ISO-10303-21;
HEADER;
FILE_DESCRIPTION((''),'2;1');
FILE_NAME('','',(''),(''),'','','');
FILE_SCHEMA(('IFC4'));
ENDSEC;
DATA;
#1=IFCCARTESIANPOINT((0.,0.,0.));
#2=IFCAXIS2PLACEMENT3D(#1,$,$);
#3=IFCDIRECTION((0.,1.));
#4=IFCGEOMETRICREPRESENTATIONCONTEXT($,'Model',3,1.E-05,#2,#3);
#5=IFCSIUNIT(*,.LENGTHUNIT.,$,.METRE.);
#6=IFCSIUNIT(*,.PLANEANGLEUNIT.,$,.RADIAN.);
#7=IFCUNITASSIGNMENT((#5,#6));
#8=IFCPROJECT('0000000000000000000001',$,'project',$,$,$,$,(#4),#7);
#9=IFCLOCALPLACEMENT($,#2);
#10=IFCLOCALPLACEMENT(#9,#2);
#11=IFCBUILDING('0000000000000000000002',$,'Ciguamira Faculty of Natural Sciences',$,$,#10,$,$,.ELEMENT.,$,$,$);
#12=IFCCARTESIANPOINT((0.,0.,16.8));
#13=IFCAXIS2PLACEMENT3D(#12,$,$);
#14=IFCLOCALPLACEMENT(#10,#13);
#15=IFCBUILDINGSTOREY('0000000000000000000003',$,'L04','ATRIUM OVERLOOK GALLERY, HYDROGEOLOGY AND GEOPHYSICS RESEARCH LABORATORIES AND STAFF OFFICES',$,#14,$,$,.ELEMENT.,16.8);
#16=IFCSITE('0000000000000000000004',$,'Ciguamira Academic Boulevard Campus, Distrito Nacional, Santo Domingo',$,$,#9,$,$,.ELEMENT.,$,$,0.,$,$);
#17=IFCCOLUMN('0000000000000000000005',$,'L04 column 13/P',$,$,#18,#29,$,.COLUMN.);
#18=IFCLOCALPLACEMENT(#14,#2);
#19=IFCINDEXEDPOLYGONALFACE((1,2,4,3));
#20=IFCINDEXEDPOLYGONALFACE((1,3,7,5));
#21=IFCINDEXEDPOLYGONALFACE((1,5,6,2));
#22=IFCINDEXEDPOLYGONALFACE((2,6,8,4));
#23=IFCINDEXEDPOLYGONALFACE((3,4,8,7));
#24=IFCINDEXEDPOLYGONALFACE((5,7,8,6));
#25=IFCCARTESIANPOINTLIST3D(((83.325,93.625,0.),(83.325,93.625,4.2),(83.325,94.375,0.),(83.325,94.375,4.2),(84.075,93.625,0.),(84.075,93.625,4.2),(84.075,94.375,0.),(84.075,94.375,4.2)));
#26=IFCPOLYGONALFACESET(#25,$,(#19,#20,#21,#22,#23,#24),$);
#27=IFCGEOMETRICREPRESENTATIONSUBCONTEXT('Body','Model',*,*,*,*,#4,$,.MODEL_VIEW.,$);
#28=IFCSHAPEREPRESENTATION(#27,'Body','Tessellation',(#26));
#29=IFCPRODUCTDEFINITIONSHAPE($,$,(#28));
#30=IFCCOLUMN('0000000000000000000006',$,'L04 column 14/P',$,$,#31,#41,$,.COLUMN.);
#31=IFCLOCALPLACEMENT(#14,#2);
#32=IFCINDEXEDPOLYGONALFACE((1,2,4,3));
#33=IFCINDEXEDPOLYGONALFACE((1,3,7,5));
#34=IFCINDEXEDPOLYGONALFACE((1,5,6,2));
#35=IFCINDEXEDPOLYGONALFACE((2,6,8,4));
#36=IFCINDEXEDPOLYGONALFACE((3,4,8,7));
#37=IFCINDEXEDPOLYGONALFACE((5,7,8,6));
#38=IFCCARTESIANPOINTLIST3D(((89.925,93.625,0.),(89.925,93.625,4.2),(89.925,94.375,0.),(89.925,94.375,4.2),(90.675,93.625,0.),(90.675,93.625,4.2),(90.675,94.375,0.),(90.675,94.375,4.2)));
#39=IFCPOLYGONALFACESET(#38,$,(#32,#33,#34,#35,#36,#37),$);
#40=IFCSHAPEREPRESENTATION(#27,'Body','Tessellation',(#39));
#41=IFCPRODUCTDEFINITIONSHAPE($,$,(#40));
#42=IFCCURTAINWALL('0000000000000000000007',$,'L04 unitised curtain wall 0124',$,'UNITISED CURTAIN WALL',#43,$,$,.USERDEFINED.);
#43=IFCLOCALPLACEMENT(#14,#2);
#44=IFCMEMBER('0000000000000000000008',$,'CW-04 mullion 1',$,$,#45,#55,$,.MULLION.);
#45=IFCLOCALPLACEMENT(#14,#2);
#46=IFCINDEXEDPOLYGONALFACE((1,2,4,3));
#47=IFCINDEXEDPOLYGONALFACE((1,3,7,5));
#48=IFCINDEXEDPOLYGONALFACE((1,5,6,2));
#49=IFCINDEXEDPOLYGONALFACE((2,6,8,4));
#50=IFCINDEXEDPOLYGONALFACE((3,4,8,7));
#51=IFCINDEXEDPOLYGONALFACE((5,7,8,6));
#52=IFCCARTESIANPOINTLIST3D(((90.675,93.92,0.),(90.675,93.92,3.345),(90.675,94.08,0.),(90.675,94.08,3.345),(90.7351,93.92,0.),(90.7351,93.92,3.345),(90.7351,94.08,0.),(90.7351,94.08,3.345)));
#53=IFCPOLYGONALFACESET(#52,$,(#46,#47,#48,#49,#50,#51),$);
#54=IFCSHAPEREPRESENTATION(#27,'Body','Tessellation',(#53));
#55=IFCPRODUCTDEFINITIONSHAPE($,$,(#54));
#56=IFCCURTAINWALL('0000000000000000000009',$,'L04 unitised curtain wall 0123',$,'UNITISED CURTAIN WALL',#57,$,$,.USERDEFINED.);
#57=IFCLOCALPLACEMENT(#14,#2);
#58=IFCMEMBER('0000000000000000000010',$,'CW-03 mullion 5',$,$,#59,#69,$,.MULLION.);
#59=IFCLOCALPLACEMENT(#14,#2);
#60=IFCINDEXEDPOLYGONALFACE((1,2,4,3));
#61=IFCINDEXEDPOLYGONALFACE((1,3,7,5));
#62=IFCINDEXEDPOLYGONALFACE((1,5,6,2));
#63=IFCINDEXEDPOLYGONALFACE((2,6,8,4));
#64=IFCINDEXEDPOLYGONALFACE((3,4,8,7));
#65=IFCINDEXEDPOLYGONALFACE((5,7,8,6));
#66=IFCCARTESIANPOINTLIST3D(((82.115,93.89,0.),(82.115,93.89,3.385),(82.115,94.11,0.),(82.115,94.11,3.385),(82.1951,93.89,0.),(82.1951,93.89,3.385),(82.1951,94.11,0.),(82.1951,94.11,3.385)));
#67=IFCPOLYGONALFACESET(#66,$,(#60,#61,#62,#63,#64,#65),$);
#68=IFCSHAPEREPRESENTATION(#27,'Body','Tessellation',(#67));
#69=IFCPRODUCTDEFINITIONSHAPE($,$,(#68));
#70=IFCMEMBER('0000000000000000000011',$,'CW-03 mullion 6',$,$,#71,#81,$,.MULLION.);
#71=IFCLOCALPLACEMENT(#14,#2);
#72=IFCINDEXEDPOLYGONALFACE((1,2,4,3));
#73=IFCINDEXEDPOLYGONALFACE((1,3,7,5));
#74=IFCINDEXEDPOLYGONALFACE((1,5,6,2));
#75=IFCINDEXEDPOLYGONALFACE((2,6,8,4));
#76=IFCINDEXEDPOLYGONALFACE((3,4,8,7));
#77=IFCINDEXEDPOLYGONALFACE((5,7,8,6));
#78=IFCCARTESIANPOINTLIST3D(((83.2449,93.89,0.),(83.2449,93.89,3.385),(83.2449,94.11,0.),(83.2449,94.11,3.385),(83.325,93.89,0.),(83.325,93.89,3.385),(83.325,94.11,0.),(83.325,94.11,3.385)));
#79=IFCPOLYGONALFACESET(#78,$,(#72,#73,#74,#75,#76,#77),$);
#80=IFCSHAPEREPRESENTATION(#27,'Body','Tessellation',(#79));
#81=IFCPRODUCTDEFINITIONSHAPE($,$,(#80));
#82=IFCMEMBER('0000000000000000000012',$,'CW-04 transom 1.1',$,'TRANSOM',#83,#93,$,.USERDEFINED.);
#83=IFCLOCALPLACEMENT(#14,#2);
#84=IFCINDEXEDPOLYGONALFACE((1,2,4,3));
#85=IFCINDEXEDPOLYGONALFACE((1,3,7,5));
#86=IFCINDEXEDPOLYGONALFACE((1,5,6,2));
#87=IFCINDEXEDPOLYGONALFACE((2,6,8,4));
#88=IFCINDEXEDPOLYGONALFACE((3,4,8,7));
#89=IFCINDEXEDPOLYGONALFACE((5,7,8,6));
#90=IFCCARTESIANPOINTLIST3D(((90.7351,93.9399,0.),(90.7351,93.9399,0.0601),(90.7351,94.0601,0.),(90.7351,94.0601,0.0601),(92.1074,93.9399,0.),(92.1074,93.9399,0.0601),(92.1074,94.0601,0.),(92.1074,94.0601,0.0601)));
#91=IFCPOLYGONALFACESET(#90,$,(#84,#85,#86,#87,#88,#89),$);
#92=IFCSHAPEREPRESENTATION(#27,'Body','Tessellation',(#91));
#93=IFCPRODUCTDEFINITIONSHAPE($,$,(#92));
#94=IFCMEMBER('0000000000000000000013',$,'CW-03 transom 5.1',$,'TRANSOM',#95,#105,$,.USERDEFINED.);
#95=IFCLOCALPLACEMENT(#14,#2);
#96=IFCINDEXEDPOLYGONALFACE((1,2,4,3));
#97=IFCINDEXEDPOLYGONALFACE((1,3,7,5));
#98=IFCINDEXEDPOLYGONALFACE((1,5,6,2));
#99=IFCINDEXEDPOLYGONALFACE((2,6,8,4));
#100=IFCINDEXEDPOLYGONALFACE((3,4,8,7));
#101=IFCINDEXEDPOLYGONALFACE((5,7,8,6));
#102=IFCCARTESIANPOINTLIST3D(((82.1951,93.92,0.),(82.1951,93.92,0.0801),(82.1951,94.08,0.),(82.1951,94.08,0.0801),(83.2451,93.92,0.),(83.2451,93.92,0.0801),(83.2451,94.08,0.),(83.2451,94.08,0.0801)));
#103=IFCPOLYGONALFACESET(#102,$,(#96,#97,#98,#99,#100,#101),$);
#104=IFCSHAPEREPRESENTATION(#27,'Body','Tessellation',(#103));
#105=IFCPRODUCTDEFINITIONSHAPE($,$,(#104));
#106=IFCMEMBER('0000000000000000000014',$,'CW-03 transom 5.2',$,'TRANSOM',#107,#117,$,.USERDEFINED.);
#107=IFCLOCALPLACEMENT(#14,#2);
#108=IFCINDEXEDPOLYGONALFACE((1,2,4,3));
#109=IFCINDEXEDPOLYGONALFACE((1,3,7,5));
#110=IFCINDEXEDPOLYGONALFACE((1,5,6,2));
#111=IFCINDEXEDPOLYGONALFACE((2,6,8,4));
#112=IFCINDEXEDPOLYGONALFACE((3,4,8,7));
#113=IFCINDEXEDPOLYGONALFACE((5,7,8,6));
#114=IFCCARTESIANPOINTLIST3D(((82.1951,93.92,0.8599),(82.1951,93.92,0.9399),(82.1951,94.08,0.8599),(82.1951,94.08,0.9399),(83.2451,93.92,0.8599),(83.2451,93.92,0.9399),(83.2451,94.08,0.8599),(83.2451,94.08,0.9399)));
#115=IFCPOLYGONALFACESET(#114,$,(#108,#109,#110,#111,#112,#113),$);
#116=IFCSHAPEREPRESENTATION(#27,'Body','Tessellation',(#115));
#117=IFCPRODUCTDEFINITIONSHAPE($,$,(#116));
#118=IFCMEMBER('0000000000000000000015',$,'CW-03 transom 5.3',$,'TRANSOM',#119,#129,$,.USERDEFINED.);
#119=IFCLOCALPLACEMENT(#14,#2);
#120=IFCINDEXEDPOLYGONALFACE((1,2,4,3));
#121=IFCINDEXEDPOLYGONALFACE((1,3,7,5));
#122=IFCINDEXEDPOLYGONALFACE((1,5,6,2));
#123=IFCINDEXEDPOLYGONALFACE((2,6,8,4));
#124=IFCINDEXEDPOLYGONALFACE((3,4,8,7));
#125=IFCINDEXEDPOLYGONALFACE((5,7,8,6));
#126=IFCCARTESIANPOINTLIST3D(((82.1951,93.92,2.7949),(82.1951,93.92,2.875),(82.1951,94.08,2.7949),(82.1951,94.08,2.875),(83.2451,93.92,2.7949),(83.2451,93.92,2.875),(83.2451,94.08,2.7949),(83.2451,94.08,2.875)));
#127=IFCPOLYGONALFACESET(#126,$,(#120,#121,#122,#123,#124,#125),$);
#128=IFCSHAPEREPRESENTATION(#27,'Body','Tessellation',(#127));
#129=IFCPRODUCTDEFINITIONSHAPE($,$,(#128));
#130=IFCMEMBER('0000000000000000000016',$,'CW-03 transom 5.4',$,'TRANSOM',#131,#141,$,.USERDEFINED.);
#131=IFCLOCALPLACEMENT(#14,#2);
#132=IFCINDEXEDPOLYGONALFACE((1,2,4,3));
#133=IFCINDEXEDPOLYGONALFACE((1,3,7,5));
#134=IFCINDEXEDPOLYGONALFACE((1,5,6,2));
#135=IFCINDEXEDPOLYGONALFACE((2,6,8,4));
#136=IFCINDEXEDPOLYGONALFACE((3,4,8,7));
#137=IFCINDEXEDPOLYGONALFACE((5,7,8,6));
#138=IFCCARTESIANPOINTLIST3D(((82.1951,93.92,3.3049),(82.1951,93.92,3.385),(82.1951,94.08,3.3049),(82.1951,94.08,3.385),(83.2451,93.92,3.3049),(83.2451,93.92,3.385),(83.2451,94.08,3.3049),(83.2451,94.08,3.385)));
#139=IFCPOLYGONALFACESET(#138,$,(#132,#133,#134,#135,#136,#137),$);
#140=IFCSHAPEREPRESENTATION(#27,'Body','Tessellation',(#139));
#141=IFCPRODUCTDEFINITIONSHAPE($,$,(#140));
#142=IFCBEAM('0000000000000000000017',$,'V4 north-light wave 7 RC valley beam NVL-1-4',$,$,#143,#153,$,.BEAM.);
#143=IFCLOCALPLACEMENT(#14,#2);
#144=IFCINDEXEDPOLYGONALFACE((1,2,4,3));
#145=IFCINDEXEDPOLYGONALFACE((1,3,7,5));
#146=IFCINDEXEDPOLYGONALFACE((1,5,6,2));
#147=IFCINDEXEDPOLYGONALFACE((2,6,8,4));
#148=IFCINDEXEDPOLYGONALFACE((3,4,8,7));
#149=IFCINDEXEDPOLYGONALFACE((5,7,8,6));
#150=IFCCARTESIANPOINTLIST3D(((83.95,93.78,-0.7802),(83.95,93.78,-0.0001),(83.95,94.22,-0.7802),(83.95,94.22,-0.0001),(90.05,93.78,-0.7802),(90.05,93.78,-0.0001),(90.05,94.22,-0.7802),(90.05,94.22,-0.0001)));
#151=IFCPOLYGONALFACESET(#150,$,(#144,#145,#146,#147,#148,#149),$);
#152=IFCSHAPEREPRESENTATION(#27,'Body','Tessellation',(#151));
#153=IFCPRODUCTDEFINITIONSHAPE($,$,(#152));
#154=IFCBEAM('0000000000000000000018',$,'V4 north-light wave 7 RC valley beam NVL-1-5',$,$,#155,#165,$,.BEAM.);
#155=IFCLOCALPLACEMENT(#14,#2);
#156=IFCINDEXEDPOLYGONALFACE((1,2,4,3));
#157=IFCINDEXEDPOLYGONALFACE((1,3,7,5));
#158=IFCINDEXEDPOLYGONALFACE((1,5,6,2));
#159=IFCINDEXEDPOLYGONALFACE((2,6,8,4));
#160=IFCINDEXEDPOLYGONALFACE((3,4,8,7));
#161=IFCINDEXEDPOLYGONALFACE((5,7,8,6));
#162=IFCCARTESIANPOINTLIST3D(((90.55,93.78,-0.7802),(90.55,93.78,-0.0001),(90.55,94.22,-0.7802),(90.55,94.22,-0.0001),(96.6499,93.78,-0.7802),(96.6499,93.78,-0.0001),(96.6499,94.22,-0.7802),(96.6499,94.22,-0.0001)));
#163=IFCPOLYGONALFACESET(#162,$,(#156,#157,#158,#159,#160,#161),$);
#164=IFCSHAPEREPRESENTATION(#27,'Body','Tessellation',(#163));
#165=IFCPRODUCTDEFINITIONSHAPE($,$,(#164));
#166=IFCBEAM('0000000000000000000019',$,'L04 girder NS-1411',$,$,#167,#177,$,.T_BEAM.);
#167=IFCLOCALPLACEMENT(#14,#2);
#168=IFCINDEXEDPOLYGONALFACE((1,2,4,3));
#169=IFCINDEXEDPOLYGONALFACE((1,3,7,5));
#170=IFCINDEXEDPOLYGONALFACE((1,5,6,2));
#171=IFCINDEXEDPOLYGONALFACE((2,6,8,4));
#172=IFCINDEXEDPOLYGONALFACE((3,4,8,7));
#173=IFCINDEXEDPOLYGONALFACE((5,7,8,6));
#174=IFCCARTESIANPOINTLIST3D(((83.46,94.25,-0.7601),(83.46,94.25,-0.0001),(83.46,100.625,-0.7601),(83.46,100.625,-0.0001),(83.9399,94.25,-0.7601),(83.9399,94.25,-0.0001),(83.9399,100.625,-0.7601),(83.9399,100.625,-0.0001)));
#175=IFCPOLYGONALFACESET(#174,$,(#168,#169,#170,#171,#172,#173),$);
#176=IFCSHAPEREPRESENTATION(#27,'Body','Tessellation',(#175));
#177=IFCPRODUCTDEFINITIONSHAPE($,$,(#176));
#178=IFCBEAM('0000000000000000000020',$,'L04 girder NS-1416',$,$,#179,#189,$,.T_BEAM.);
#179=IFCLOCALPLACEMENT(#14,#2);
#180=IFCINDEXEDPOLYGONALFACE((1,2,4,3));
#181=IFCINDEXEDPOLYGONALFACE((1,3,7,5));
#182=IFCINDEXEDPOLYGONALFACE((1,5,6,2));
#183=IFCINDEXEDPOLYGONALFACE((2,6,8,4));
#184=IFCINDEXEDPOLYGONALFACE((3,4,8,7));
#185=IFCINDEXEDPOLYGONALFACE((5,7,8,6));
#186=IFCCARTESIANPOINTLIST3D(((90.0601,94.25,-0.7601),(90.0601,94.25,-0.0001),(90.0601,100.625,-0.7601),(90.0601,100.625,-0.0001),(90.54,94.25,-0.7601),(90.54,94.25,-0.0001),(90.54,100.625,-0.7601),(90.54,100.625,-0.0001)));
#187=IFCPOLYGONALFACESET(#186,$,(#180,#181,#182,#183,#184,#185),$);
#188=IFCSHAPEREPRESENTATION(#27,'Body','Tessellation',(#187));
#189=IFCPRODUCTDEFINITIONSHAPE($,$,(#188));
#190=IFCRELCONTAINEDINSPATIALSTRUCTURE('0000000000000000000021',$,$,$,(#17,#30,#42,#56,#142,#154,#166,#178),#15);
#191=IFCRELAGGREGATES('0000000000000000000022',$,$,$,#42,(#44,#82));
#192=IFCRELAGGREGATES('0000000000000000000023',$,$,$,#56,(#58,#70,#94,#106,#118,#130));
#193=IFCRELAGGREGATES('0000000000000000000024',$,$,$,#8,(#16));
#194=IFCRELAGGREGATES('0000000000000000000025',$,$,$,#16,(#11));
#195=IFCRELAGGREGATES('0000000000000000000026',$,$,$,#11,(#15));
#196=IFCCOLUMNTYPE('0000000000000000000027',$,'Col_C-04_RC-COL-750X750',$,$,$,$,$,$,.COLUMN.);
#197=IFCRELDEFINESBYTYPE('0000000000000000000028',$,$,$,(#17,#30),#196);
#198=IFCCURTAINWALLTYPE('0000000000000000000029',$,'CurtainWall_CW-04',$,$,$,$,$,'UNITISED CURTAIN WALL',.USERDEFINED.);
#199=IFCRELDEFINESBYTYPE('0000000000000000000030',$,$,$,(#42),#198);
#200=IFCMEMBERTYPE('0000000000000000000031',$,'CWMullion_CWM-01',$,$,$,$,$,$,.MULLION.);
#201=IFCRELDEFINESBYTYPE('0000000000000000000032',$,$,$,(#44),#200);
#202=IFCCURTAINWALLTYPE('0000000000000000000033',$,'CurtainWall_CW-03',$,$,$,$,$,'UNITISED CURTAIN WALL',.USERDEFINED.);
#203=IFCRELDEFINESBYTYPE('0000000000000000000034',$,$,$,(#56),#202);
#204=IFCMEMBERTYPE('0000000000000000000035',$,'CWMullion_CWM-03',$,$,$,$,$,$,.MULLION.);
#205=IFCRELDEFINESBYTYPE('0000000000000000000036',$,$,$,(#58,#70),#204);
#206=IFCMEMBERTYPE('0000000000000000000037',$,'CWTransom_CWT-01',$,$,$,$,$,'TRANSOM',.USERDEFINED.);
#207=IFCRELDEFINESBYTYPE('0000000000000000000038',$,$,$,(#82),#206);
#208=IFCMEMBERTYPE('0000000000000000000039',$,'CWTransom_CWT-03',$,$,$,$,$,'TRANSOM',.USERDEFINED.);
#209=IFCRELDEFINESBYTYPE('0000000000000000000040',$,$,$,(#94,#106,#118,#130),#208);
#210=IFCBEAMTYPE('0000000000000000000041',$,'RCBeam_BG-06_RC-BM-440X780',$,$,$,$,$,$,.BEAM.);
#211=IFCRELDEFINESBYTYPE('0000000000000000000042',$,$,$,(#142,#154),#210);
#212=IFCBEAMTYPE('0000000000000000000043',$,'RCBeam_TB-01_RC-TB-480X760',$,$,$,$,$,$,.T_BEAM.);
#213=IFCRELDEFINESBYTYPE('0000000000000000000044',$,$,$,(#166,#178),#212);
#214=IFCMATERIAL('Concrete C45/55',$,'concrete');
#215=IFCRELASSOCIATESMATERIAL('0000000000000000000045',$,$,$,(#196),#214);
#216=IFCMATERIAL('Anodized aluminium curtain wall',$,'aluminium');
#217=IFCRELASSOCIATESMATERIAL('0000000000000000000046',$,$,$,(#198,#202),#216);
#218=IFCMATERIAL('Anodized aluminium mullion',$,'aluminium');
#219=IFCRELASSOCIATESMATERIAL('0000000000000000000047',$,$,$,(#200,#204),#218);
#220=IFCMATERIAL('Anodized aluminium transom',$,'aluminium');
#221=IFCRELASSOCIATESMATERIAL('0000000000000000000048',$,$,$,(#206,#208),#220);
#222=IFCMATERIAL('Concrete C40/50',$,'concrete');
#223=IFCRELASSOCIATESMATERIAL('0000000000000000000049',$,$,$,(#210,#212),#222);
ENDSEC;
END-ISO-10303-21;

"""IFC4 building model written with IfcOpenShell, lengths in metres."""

from ifc_helpers import new_model, si_unit, direction, frame, origin, origin_2d, place, context, subcontext, project, spatial, rectangle, extrude, material, material_profile, profile_set, type_object, element, aggregate, save


model = new_model("IFC4")

# Units and contexts
model_context = context("Model", 3, precision=1e-05, world=origin(), true_north=direction((0.0, 1.0)))
body_context = subcontext(model_context, "Body", "Model", "MODEL_VIEW")
ifc_project = project(units=[si_unit("LENGTHUNIT", "METRE"), si_unit("PLANEANGLEUNIT", "RADIAN")], contexts=[model_context])

# Site, building, storey
site_placement = place(None, origin())
site = spatial("IfcSite", under=ifc_project, at=site_placement, Name="Ciguamira Academic Boulevard Campus, Distrito Nacional, Santo Domingo", CompositionType="ELEMENT", RefElevation=0.0)
building_placement = place(site_placement, origin())
building = spatial("IfcBuilding", under=site, at=building_placement, Name="Ciguamira Faculty of Natural Sciences", CompositionType="ELEMENT")
storey_placement = place(building_placement, frame((0.0, 0.0, 16.8)))
storey = spatial("IfcBuildingStorey", under=building, at=storey_placement, Name="L04", Description="ATRIUM OVERLOOK GALLERY, HYDROGEOLOGY AND GEOPHYSICS RESEARCH LABORATORIES AND STAFF OFFICES", CompositionType="ELEMENT", Elevation=16.8)

# Columns
ifc_material_1 = material(Name="Concrete C45/55", Category="concrete")
ifc_material_profile_1 = material_profile(ifc_material_1, rectangle(XDim=0.75, YDim=0.75, at=origin_2d()), Name="RC-COL-750X750")
ifc_profile_set_1 = profile_set([ifc_material_profile_1], Name="Concrete C45/55")
column_type = type_object("IfcColumnType", Name="Col_C-04_RC-COL-750X750", PredefinedType="COLUMN", material=ifc_profile_set_1)
for number, where, z_axis, x_axis, name in (
    (1, (83.7, 94.0, 0.0), (0.0, 0.0, 1.0), (1.0, 0.0, 0.0), "L04 column 13/P"),
    (2, (90.3, 94.0, 0.0), (0.0, 0.0, 1.0), (1.0, 0.0, 0.0), "L04 column 14/P"),
):
    element("IfcColumn", number, at=place(storey_placement, frame(where, z_axis=z_axis, x_axis=x_axis)), inside=storey, type_object=column_type, Name=name, PredefinedType="COLUMN", context=body_context, shape_type="SweptSolid", body=[
        extrude(rectangle(XDim=0.75, YDim=0.75, at=origin_2d()), origin(), (0.0, 0.0, 1.0), 4.2),
    ])

# Curtain wall, member
ifc_material_2 = material(Name="Anodized aluminium curtain wall", Category="aluminium")
curtain_wall_type_1 = type_object("IfcCurtainWallType", Name="CurtainWall_CW-04", ElementType="UNITISED CURTAIN WALL", PredefinedType="USERDEFINED", material=ifc_material_2)
curtain_wall_1_placement = place(storey_placement, origin())
curtain_wall_1 = element("IfcCurtainWall", 3, at=curtain_wall_1_placement, inside=storey, type_object=curtain_wall_type_1, Name="L04 unitised curtain wall 0124", ObjectType="UNITISED CURTAIN WALL", PredefinedType="USERDEFINED")
ifc_material_3 = material(Name="Anodized aluminium mullion", Category="aluminium")
ifc_material_profile_2 = material_profile(ifc_material_3, rectangle(XDim=0.0601, YDim=0.1599, at=origin_2d()), Name="ALU-MUL-60X160")
ifc_profile_set_2 = profile_set([ifc_material_profile_2], Name="Anodized aluminium mullion")
member_type_1 = type_object("IfcMemberType", Name="CWMullion_CWM-01", PredefinedType="MULLION", material=ifc_profile_set_2)
member_1_placement = place(storey_placement, frame((90.7051, 94.0, 0.0), z_axis=(0.0, 0.0, 1.0), x_axis=(1.0, 0.0, 0.0)))
member_1 = element("IfcMember", 4, at=member_1_placement, type_object=member_type_1, Name="CW-04 mullion 1", PredefinedType="MULLION", context=body_context, shape_type="SweptSolid", body=[
    extrude(rectangle(XDim=0.0601, YDim=0.1599, at=origin_2d()), origin(), (0.0, 0.0, 1.0), 3.345),
])

# Curtain wall, members
curtain_wall_type_2 = type_object("IfcCurtainWallType", Name="CurtainWall_CW-03", ElementType="UNITISED CURTAIN WALL", PredefinedType="USERDEFINED", material=ifc_material_2)
curtain_wall_2_placement = place(storey_placement, origin())
curtain_wall_2 = element("IfcCurtainWall", 5, at=curtain_wall_2_placement, inside=storey, type_object=curtain_wall_type_2, Name="L04 unitised curtain wall 0123", ObjectType="UNITISED CURTAIN WALL", PredefinedType="USERDEFINED")
ifc_material_profile_3 = material_profile(ifc_material_3, rectangle(XDim=0.0801, YDim=0.22, at=origin_2d()), Name="ALU-MUL-80X220")
ifc_profile_set_3 = profile_set([ifc_material_profile_3], Name="Anodized aluminium mullion")
member_type_2 = type_object("IfcMemberType", Name="CWMullion_CWM-03", PredefinedType="MULLION", material=ifc_profile_set_3)
member_2_placement = place(storey_placement, frame((82.155, 94.0, 0.0), z_axis=(0.0, 0.0, 1.0), x_axis=(1.0, 0.0, 0.0)))
member_2 = element("IfcMember", 6, at=member_2_placement, type_object=member_type_2, Name="CW-03 mullion 5", PredefinedType="MULLION", context=body_context, shape_type="SweptSolid", body=[
    extrude(rectangle(XDim=0.0801, YDim=0.22, at=origin_2d()), origin(), (0.0, 0.0, 1.0), 3.385),
])
member_3_placement = place(storey_placement, frame((83.2849, 94.0, 0.0), z_axis=(0.0, 0.0, 1.0), x_axis=(1.0, 0.0, 0.0)))
member_3 = element("IfcMember", 7, at=member_3_placement, type_object=member_type_2, Name="CW-03 mullion 6", PredefinedType="MULLION", context=body_context, shape_type="SweptSolid", body=[
    extrude(rectangle(XDim=0.0801, YDim=0.22, at=origin_2d()), origin(), (0.0, 0.0, 1.0), 3.385),
])

# Members
ifc_material_4 = material(Name="Anodized aluminium transom", Category="aluminium")
ifc_material_profile_4 = material_profile(ifc_material_4, rectangle(XDim=0.0601, YDim=0.1201, at=origin_2d()), Name="ALU-TRN-60X120")
ifc_profile_set_4 = profile_set([ifc_material_profile_4], Name="Anodized aluminium transom")
member_type_3 = type_object("IfcMemberType", Name="CWTransom_CWT-01", ElementType="TRANSOM", PredefinedType="USERDEFINED", material=ifc_profile_set_4)
member_4_placement = place(storey_placement, frame((90.7351, 94.0, 0.03), z_axis=(1.0, 0.0, 0.0), x_axis=(0.0, 0.0, 1.0)))
member_4 = element("IfcMember", 8, at=member_4_placement, type_object=member_type_3, Name="CW-04 transom 1.1", ObjectType="TRANSOM", PredefinedType="USERDEFINED", context=body_context, shape_type="SweptSolid", body=[
    extrude(rectangle(XDim=0.0601, YDim=0.1201, at=origin_2d()), origin(), (0.0, 0.0, 1.0), 1.3723),
])
aggregate(curtain_wall_1, [member_1, member_4])
ifc_material_profile_5 = material_profile(ifc_material_4, rectangle(XDim=0.0801, YDim=0.1599, at=origin_2d()), Name="ALU-TRN-80X160")
ifc_profile_set_5 = profile_set([ifc_material_profile_5], Name="Anodized aluminium transom")
member_type_4 = type_object("IfcMemberType", Name="CWTransom_CWT-03", ElementType="TRANSOM", PredefinedType="USERDEFINED", material=ifc_profile_set_5)
member_5_placement = place(storey_placement, frame((82.1951, 94.0, 0.04), z_axis=(1.0, 0.0, 0.0), x_axis=(0.0, 0.0, 1.0)))
member_5 = element("IfcMember", 9, at=member_5_placement, type_object=member_type_4, Name="CW-03 transom 5.1", ObjectType="TRANSOM", PredefinedType="USERDEFINED", context=body_context, shape_type="SweptSolid", body=[
    extrude(rectangle(XDim=0.0801, YDim=0.1599, at=origin_2d()), origin(), (0.0, 0.0, 1.0), 1.05),
])
member_6_placement = place(storey_placement, frame((82.1951, 94.0, 0.8999), z_axis=(1.0, 0.0, 0.0), x_axis=(0.0, 0.0, 1.0)))
member_6 = element("IfcMember", 10, at=member_6_placement, type_object=member_type_4, Name="CW-03 transom 5.2", ObjectType="TRANSOM", PredefinedType="USERDEFINED", context=body_context, shape_type="SweptSolid", body=[
    extrude(rectangle(XDim=0.0801, YDim=0.1599, at=origin_2d()), origin(), (0.0, 0.0, 1.0), 1.05),
])
member_7_placement = place(storey_placement, frame((82.1951, 94.0, 2.835), z_axis=(1.0, 0.0, 0.0), x_axis=(0.0, 0.0, 1.0)))
member_7 = element("IfcMember", 11, at=member_7_placement, type_object=member_type_4, Name="CW-03 transom 5.3", ObjectType="TRANSOM", PredefinedType="USERDEFINED", context=body_context, shape_type="SweptSolid", body=[
    extrude(rectangle(XDim=0.0801, YDim=0.1599, at=origin_2d()), origin(), (0.0, 0.0, 1.0), 1.05),
])
member_8_placement = place(storey_placement, frame((82.1951, 94.0, 3.345), z_axis=(1.0, 0.0, 0.0), x_axis=(0.0, 0.0, 1.0)))
member_8 = element("IfcMember", 12, at=member_8_placement, type_object=member_type_4, Name="CW-03 transom 5.4", ObjectType="TRANSOM", PredefinedType="USERDEFINED", context=body_context, shape_type="SweptSolid", body=[
    extrude(rectangle(XDim=0.0801, YDim=0.1599, at=origin_2d()), origin(), (0.0, 0.0, 1.0), 1.05),
])

# Beams
ifc_material_5 = material(Name="Concrete C40/50", Category="concrete")
ifc_material_profile_6 = material_profile(ifc_material_5, rectangle(XDim=0.4399, YDim=0.78, at=origin_2d()), Name="RC-BM-440X780")
ifc_profile_set_6 = profile_set([ifc_material_profile_6], Name="Concrete C40/50")
beam_type_1 = type_object("IfcBeamType", Name="RCBeam_BG-06_RC-BM-440X780", PredefinedType="BEAM", material=ifc_profile_set_6)
beam_1_placement = place(storey_placement, frame((83.95, 94.0, -0.3901), z_axis=(1.0, 0.0, 0.0), x_axis=(0.0, 1.0, 0.0)))
element("IfcBeam", 13, at=beam_1_placement, inside=storey, type_object=beam_type_1, Name="V4 north-light wave 7 RC valley beam NVL-1-4", PredefinedType="BEAM", context=body_context, shape_type="SweptSolid", body=[
    extrude(rectangle(XDim=0.4399, YDim=0.78, at=origin_2d()), origin(), (0.0, 0.0, 1.0), 6.1001),
])
beam_2_placement = place(storey_placement, frame((90.55, 94.0, -0.3901), z_axis=(1.0, 0.0, 0.0), x_axis=(0.0, 1.0, 0.0)))
element("IfcBeam", 14, at=beam_2_placement, inside=storey, type_object=beam_type_1, Name="V4 north-light wave 7 RC valley beam NVL-1-5", PredefinedType="BEAM", context=body_context, shape_type="SweptSolid", body=[
    extrude(rectangle(XDim=0.4399, YDim=0.78, at=origin_2d()), origin(), (0.0, 0.0, 1.0), 6.0999),
])
ifc_material_profile_7 = material_profile(ifc_material_5, rectangle(XDim=0.48, YDim=0.76, at=origin_2d()), Name="RC-TB-480X760")
ifc_profile_set_7 = profile_set([ifc_material_profile_7], Name="Concrete C40/50")
beam_type_2 = type_object("IfcBeamType", Name="RCBeam_TB-01_RC-TB-480X760", PredefinedType="T_BEAM", material=ifc_profile_set_7)
for number, where, z_axis, x_axis, name in (
    (15, (83.7, 94.25, -0.3801), (0.0, 1.0, 0.0), (-1.0, 0.0, 0.0), "L04 girder NS-1411"),
    (16, (90.3, 94.25, -0.3801), (0.0, 1.0, 0.0), (-1.0, 0.0, 0.0), "L04 girder NS-1416"),
):
    element("IfcBeam", number, at=place(storey_placement, frame(where, z_axis=z_axis, x_axis=x_axis)), inside=storey, type_object=beam_type_2, Name=name, PredefinedType="T_BEAM", context=body_context, shape_type="SweptSolid", body=[
        extrude(rectangle(XDim=0.48, YDim=0.76, at=origin_2d()), origin(), (0.0, 0.0, 1.0), 6.375),
    ])

aggregate(curtain_wall_2, [member_2, member_3, member_5, member_6, member_7, member_8])

save(model, "model.ifc")
